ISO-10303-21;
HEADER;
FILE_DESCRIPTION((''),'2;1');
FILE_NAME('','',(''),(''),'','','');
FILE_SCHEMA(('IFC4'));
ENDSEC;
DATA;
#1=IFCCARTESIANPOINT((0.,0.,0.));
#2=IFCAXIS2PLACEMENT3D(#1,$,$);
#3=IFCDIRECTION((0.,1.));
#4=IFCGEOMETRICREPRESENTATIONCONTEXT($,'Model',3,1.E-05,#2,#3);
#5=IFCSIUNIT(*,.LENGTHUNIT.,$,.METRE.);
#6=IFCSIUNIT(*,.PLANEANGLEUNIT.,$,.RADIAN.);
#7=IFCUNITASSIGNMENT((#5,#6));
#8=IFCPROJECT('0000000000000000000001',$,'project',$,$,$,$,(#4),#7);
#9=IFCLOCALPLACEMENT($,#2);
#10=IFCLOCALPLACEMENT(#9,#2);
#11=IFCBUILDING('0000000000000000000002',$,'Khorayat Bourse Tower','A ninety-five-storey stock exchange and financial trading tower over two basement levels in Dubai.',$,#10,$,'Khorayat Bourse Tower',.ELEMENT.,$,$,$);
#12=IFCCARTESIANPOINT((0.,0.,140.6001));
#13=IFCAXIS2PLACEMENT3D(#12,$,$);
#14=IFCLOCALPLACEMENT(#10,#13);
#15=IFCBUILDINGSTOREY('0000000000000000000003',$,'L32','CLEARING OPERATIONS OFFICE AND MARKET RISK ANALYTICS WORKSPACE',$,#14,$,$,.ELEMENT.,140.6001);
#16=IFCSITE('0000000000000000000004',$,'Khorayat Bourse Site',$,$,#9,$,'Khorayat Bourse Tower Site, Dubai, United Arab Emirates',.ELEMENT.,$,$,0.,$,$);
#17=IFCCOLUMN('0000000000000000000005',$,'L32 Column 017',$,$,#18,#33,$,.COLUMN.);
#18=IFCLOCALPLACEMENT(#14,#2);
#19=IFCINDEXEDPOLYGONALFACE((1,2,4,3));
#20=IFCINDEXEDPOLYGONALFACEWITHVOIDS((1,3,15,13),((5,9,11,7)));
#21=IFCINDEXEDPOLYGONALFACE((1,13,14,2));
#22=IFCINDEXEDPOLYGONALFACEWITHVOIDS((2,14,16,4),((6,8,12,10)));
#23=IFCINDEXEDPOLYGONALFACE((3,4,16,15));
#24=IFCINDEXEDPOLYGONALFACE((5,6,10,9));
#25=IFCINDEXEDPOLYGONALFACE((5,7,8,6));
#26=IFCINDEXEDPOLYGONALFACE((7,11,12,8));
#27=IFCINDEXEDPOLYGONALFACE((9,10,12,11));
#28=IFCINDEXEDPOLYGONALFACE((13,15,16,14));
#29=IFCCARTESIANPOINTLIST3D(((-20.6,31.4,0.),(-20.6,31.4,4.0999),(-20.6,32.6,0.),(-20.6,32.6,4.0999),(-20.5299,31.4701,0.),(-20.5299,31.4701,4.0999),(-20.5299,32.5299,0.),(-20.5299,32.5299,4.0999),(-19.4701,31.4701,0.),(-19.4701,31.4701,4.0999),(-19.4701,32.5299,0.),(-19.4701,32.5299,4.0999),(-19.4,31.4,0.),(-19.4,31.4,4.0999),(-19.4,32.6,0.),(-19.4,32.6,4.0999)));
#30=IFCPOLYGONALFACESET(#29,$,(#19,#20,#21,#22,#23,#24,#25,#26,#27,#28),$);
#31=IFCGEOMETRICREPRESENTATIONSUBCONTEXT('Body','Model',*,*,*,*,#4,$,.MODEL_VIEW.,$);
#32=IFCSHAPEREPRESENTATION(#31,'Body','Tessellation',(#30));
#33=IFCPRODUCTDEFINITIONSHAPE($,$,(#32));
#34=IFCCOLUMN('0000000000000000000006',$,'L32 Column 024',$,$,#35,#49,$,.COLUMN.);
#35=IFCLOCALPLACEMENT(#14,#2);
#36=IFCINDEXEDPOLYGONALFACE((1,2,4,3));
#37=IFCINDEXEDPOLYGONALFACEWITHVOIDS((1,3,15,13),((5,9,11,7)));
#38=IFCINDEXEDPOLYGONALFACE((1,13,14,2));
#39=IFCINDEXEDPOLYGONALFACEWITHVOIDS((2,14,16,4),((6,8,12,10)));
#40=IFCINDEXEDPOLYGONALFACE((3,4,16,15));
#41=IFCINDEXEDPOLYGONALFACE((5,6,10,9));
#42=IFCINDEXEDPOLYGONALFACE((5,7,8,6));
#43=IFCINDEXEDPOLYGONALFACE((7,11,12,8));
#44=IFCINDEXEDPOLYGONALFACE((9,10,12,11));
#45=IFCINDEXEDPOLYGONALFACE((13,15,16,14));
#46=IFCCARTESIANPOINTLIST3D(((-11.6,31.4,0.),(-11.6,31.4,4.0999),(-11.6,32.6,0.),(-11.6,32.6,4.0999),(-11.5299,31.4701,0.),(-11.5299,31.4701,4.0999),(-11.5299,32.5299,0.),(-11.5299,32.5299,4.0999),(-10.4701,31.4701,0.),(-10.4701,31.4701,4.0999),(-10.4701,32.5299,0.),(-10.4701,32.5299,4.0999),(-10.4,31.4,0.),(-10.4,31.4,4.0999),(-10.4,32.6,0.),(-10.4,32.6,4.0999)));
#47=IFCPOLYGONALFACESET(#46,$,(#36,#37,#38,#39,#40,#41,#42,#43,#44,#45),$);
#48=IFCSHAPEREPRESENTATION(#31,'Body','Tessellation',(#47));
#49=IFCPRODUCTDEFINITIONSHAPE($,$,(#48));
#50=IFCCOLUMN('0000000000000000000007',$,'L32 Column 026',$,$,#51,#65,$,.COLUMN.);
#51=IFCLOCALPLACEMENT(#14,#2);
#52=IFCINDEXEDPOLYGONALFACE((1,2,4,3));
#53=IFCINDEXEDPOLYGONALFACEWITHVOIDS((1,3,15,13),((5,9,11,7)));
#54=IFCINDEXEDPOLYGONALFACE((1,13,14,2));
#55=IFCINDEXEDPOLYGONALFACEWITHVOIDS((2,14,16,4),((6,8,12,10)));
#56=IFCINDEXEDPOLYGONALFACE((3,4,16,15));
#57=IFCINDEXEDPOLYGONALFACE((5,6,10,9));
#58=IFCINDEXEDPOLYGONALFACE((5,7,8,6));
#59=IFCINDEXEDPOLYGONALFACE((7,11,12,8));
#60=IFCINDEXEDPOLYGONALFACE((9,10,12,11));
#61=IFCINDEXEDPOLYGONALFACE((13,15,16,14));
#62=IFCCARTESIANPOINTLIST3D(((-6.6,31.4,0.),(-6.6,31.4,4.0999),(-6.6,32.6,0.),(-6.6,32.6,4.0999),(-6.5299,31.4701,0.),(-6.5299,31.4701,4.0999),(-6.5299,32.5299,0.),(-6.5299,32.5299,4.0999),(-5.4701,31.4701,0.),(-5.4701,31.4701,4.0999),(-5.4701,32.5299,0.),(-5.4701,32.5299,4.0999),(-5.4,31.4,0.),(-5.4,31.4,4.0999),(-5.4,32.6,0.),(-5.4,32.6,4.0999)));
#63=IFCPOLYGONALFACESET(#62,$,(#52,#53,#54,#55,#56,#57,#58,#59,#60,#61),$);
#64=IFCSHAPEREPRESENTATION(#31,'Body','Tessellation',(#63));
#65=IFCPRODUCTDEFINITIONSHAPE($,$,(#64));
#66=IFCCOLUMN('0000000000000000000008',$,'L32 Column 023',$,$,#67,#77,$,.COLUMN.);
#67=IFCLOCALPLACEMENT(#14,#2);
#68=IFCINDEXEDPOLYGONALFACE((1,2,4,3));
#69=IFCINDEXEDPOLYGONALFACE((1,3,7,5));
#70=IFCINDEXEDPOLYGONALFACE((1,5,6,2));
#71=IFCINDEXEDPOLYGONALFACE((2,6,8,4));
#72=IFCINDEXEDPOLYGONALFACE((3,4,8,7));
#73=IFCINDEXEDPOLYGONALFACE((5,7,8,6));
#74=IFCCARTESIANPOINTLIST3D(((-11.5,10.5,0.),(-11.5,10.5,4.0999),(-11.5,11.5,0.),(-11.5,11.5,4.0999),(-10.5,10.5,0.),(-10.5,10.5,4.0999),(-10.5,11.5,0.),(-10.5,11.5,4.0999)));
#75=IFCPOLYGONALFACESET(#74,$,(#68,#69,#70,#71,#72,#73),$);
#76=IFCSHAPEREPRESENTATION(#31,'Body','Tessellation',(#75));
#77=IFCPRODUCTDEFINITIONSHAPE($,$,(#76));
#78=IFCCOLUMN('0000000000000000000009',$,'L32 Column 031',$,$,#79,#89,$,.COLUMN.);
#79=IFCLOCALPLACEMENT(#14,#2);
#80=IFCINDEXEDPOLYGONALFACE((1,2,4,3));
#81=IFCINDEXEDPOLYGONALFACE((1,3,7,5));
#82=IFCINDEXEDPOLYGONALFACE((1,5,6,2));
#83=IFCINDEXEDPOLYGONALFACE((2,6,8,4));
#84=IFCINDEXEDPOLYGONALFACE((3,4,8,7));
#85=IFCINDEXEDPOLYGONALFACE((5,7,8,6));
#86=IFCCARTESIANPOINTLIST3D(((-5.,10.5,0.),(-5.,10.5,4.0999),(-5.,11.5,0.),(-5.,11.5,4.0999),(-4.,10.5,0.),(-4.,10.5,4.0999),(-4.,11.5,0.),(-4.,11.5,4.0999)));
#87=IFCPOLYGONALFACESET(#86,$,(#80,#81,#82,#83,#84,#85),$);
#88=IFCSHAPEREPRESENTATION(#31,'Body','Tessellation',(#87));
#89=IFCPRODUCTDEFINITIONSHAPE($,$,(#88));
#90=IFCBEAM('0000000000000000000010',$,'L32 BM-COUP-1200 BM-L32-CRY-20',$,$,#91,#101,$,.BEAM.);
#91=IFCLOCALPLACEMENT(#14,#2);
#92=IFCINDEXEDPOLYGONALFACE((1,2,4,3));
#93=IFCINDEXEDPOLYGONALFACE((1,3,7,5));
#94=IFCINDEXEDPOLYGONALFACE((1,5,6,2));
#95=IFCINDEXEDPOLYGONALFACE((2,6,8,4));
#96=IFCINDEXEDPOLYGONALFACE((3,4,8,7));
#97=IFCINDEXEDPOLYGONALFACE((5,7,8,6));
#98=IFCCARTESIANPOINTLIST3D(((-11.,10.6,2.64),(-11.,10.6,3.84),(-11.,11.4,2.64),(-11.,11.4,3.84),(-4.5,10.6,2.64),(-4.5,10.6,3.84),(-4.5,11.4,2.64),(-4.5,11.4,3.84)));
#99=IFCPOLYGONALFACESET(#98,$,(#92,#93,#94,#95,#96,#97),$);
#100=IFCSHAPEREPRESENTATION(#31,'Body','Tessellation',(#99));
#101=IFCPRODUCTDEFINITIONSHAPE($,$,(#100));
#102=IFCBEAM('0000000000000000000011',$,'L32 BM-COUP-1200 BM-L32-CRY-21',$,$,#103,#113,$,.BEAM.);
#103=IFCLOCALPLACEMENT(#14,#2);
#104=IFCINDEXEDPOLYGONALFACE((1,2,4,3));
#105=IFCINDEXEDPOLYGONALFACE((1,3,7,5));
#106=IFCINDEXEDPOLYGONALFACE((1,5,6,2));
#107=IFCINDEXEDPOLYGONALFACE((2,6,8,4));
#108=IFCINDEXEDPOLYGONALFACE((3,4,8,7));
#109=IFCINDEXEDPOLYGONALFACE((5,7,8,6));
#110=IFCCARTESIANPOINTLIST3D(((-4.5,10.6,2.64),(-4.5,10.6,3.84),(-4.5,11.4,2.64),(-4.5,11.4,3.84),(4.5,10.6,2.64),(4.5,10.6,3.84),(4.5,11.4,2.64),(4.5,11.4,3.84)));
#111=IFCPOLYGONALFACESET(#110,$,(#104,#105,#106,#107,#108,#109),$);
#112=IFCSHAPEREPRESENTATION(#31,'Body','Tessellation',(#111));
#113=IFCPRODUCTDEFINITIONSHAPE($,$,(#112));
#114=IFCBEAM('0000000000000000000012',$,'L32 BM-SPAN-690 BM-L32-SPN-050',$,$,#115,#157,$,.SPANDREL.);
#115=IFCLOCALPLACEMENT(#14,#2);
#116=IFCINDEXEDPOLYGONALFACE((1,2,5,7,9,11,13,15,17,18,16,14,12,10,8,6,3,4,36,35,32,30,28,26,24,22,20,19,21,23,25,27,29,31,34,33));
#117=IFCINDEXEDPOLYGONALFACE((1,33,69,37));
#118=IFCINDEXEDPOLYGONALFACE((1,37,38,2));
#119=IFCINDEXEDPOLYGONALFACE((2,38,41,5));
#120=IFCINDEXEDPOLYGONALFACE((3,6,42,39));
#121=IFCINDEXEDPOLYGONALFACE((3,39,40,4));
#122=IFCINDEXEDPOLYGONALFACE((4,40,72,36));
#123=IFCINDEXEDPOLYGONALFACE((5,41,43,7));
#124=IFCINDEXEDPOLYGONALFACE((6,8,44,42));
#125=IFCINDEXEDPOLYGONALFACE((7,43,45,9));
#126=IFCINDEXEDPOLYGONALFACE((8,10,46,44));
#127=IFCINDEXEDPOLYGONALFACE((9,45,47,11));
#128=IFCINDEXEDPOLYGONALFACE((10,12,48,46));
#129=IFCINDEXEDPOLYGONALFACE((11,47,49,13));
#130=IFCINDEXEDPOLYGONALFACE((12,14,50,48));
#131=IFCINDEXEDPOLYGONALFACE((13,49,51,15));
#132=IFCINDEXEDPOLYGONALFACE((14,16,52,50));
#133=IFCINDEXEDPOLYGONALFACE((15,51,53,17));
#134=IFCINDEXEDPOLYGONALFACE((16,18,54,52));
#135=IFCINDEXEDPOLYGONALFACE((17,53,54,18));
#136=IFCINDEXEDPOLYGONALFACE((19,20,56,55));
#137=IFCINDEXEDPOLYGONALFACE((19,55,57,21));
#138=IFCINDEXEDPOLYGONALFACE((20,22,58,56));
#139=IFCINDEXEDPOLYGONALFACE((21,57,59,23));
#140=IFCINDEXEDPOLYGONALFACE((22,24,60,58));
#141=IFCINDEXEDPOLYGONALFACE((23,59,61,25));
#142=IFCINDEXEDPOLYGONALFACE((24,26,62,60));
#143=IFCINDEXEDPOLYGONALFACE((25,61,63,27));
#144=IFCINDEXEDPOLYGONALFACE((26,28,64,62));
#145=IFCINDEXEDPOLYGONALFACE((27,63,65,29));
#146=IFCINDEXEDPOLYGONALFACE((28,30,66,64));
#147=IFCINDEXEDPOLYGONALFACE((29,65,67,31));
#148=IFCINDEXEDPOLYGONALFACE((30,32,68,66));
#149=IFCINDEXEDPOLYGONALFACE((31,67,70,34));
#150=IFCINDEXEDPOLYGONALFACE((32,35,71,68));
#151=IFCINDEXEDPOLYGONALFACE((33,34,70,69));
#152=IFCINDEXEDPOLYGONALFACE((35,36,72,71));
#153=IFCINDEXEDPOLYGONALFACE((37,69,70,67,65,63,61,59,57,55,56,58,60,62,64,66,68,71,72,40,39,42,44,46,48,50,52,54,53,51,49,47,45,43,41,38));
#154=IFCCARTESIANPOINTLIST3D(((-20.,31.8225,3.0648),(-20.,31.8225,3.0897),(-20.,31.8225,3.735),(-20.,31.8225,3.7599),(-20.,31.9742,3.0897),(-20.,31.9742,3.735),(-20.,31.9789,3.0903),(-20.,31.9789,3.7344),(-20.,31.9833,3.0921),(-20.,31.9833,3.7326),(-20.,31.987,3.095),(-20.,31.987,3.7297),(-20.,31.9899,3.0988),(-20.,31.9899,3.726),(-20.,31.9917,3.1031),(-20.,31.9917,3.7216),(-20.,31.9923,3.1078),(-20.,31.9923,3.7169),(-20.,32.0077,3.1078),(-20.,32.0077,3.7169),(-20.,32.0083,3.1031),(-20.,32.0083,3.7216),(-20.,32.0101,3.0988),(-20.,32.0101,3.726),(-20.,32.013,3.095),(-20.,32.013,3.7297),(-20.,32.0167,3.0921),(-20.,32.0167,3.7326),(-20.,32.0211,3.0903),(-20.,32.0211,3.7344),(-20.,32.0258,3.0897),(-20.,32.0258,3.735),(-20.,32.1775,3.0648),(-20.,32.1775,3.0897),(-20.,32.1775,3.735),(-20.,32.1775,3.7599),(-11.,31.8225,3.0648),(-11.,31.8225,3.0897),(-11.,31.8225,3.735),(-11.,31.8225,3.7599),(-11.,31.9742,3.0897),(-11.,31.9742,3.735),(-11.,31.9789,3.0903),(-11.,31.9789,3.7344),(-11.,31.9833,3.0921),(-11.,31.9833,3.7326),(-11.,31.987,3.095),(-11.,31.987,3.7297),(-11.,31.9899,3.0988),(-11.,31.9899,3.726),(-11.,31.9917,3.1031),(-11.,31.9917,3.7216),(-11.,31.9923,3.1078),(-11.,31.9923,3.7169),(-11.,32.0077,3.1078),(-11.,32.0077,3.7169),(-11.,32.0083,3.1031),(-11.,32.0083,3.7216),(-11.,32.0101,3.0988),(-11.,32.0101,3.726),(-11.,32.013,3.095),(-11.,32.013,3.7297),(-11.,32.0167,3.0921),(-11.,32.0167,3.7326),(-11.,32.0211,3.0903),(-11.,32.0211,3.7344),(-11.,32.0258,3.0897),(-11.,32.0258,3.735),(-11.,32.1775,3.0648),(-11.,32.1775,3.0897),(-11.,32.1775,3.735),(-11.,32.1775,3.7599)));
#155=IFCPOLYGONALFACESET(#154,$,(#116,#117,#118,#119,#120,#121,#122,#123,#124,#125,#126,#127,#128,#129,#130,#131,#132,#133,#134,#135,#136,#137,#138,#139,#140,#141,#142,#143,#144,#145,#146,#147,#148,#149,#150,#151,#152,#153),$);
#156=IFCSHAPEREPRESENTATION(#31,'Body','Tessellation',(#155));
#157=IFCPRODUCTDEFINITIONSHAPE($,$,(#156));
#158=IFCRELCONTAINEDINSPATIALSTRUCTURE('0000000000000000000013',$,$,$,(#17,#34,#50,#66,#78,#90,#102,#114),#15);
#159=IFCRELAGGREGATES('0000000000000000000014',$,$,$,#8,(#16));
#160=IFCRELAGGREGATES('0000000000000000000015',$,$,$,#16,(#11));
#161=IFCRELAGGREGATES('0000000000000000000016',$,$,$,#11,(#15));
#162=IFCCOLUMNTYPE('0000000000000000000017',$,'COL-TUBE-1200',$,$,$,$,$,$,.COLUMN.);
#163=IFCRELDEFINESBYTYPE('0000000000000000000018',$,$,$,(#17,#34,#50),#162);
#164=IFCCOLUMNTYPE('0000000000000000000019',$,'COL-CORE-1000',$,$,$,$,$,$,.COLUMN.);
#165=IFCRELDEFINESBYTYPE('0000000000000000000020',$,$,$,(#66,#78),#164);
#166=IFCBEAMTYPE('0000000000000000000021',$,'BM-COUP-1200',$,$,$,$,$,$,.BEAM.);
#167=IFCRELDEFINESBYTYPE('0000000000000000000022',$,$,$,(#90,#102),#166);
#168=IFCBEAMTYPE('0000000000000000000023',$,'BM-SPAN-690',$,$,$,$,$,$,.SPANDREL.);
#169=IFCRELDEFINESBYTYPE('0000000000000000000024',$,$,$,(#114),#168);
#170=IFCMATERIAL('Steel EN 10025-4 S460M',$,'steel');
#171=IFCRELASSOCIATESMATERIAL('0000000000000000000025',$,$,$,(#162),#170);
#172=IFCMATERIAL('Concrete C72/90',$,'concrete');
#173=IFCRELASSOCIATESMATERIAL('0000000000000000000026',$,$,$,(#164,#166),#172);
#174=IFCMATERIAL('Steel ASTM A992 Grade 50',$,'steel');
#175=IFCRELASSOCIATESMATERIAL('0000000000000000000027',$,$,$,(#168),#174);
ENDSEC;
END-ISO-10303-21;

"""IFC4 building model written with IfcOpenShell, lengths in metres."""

from ifc_helpers import new_model, si_unit, direction, frame, origin, origin_2d, place, context, subcontext, project, spatial, rectangle, hollow_rectangle, i_section, extrude, source, transform, mapped, material, material_profile, profile_set, type_object, element, save


model = new_model("IFC4")

# Units and contexts
model_context = context("Model", 3, precision=1e-05, world=origin(), true_north=direction((0.0, 1.0)))
body_context = subcontext(model_context, "Body", "Model", "MODEL_VIEW")
ifc_project = project(units=[si_unit("LENGTHUNIT", "METRE"), si_unit("PLANEANGLEUNIT", "RADIAN")], contexts=[model_context])

# Site, building, storey
site_placement = place(None, origin())
site = spatial("IfcSite", under=ifc_project, at=site_placement, Name="Khorayat Bourse Site", LongName="Khorayat Bourse Tower Site, Dubai, United Arab Emirates", CompositionType="ELEMENT", RefElevation=0.0)
building_placement = place(site_placement, origin())
building = spatial("IfcBuilding", under=site, at=building_placement, Name="Khorayat Bourse Tower", Description="A ninety-five-storey stock exchange and financial trading tower over two basement levels in Dubai.", LongName="Khorayat Bourse Tower", CompositionType="ELEMENT")
storey_placement = place(building_placement, frame((0.0, 0.0, 140.6001)))
storey = spatial("IfcBuildingStorey", under=building, at=storey_placement, Name="L32", Description="CLEARING OPERATIONS OFFICE AND MARKET RISK ANALYTICS WORKSPACE", CompositionType="ELEMENT", Elevation=140.6001)

# Columns
ifc_material_1 = material(Name="Steel EN 10025-4 S460M", Category="steel")
ifc_material_profile_1 = material_profile(ifc_material_1, hollow_rectangle(XDim=1.2, YDim=1.2, WallThickness=0.0701, at=origin_2d()), Name="BOX 1200x1200x70")
ifc_profile_set_1 = profile_set([ifc_material_profile_1], Name="Steel EN 10025-4 S460M")
column_type_1 = type_object("IfcColumnType", Name="COL-TUBE-1200", PredefinedType="COLUMN", material=ifc_profile_set_1)
shared_shape_1 = source(origin(), body_context, "Body", "SweptSolid", [
    extrude(hollow_rectangle(XDim=1.2, YDim=1.2, WallThickness=0.0701, at=origin_2d()), origin(), (0.0, 0.0, 1.0), 4.0999),
])
for number, where, z_axis, x_axis, name in (
    (1, (-20.0, 32.0, 0.0), (0.0, 0.0, 1.0), (1.0, 0.0, 0.0), "L32 Column 017"),
    (2, (-11.0, 32.0, 0.0), (0.0, 0.0, 1.0), (1.0, 0.0, 0.0), "L32 Column 024"),
    (3, (-6.0, 32.0, 0.0), (0.0, 0.0, 1.0), (1.0, 0.0, 0.0), "L32 Column 026"),
):
    element("IfcColumn", number, at=place(storey_placement, frame(where, z_axis=z_axis, x_axis=x_axis)), inside=storey, type_object=column_type_1, Name=name, PredefinedType="COLUMN", context=body_context, shape_type="MappedRepresentation", body=[
        mapped(shared_shape_1, transform((0.0, 0.0, 0.0), scale=1.0)),
    ])
ifc_material_2 = material(Name="Concrete C72/90", Category="concrete")
ifc_material_profile_2 = material_profile(ifc_material_2, rectangle(XDim=1.0, YDim=1.0, at=origin_2d()), Name="RC 1000x1000")
ifc_profile_set_2 = profile_set([ifc_material_profile_2], Name="Concrete C72/90")
column_type_2 = type_object("IfcColumnType", Name="COL-CORE-1000", PredefinedType="COLUMN", material=ifc_profile_set_2)
shared_shape_2 = source(origin(), body_context, "Body", "SweptSolid", [
    extrude(rectangle(XDim=1.0, YDim=1.0, at=origin_2d()), origin(), (0.0, 0.0, 1.0), 4.0999),
])
for number, where, z_axis, x_axis, name in (
    (4, (-11.0, 11.0, 0.0), (0.0, 0.0, 1.0), (1.0, 0.0, 0.0), "L32 Column 023"),
    (5, (-4.5, 11.0, 0.0), (0.0, 0.0, 1.0), (1.0, 0.0, 0.0), "L32 Column 031"),
):
    element("IfcColumn", number, at=place(storey_placement, frame(where, z_axis=z_axis, x_axis=x_axis)), inside=storey, type_object=column_type_2, Name=name, PredefinedType="COLUMN", context=body_context, shape_type="MappedRepresentation", body=[
        mapped(shared_shape_2, transform((0.0, 0.0, 0.0), scale=1.0)),
    ])

# Beams
ifc_material_profile_3 = material_profile(ifc_material_2, rectangle(XDim=0.8, YDim=1.2, at=origin_2d()), Name="RC 800x1200")
ifc_profile_set_3 = profile_set([ifc_material_profile_3], Name="Concrete C72/90")
beam_type_1 = type_object("IfcBeamType", Name="BM-COUP-1200", PredefinedType="BEAM", material=ifc_profile_set_3)
shared_shape_3 = source(origin(), body_context, "Body", "SweptSolid", [
    extrude(rectangle(XDim=0.8, YDim=1.2, at=origin_2d()), origin(), (0.0, 0.0, 1.0), 6.5),
])
beam_1_placement = place(storey_placement, frame((-11.0, 11.0, 3.24), z_axis=(1.0, 0.0, 0.0), x_axis=(0.0, 1.0, 0.0)))
element("IfcBeam", 6, at=beam_1_placement, inside=storey, type_object=beam_type_1, Name="L32 BM-COUP-1200 BM-L32-CRY-20", PredefinedType="BEAM", context=body_context, shape_type="MappedRepresentation", body=[
    mapped(shared_shape_3, transform((0.0, 0.0, 0.0), scale=1.0)),
])
shared_shape_4 = source(origin(), body_context, "Body", "SweptSolid", [
    extrude(rectangle(XDim=0.8, YDim=1.2, at=origin_2d()), origin(), (0.0, 0.0, 1.0), 9.0),
])
beam_2_placement = place(storey_placement, frame((-4.5, 11.0, 3.24), z_axis=(1.0, 0.0, 0.0), x_axis=(0.0, 1.0, 0.0)))
element("IfcBeam", 7, at=beam_2_placement, inside=storey, type_object=beam_type_1, Name="L32 BM-COUP-1200 BM-L32-CRY-21", PredefinedType="BEAM", context=body_context, shape_type="MappedRepresentation", body=[
    mapped(shared_shape_4, transform((0.0, 0.0, 0.0), scale=1.0)),
])
ifc_material_3 = material(Name="Steel ASTM A992 Grade 50", Category="steel")
ifc_material_profile_4 = material_profile(ifc_material_3, i_section(OverallWidth=0.355, OverallDepth=0.6951, WebThickness=0.0154, FlangeThickness=0.0249, FilletRadius=0.0181, at=origin_2d()), Name="W690X217")
ifc_profile_set_4 = profile_set([ifc_material_profile_4], Name="Steel ASTM A992 Grade 50")
beam_type_2 = type_object("IfcBeamType", Name="BM-SPAN-690", PredefinedType="SPANDREL", material=ifc_profile_set_4)
shared_shape_5 = source(origin(), body_context, "Body", "SweptSolid", [
    extrude(i_section(OverallWidth=0.355, OverallDepth=0.6951, WebThickness=0.0154, FlangeThickness=0.0249, FilletRadius=0.0181, at=origin_2d()), origin(), (0.0, 0.0, 1.0), 9.0),
])
beam_3_placement = place(storey_placement, frame((-20.0, 32.0, 3.4124), z_axis=(1.0, 0.0, 0.0), x_axis=(0.0, 1.0, 0.0)))
element("IfcBeam", 8, at=beam_3_placement, inside=storey, type_object=beam_type_2, Name="L32 BM-SPAN-690 BM-L32-SPN-050", PredefinedType="SPANDREL", context=body_context, shape_type="MappedRepresentation", body=[
    mapped(shared_shape_5, transform((0.0, 0.0, 0.0), scale=1.0)),
])

save(model, "model.ifc")
